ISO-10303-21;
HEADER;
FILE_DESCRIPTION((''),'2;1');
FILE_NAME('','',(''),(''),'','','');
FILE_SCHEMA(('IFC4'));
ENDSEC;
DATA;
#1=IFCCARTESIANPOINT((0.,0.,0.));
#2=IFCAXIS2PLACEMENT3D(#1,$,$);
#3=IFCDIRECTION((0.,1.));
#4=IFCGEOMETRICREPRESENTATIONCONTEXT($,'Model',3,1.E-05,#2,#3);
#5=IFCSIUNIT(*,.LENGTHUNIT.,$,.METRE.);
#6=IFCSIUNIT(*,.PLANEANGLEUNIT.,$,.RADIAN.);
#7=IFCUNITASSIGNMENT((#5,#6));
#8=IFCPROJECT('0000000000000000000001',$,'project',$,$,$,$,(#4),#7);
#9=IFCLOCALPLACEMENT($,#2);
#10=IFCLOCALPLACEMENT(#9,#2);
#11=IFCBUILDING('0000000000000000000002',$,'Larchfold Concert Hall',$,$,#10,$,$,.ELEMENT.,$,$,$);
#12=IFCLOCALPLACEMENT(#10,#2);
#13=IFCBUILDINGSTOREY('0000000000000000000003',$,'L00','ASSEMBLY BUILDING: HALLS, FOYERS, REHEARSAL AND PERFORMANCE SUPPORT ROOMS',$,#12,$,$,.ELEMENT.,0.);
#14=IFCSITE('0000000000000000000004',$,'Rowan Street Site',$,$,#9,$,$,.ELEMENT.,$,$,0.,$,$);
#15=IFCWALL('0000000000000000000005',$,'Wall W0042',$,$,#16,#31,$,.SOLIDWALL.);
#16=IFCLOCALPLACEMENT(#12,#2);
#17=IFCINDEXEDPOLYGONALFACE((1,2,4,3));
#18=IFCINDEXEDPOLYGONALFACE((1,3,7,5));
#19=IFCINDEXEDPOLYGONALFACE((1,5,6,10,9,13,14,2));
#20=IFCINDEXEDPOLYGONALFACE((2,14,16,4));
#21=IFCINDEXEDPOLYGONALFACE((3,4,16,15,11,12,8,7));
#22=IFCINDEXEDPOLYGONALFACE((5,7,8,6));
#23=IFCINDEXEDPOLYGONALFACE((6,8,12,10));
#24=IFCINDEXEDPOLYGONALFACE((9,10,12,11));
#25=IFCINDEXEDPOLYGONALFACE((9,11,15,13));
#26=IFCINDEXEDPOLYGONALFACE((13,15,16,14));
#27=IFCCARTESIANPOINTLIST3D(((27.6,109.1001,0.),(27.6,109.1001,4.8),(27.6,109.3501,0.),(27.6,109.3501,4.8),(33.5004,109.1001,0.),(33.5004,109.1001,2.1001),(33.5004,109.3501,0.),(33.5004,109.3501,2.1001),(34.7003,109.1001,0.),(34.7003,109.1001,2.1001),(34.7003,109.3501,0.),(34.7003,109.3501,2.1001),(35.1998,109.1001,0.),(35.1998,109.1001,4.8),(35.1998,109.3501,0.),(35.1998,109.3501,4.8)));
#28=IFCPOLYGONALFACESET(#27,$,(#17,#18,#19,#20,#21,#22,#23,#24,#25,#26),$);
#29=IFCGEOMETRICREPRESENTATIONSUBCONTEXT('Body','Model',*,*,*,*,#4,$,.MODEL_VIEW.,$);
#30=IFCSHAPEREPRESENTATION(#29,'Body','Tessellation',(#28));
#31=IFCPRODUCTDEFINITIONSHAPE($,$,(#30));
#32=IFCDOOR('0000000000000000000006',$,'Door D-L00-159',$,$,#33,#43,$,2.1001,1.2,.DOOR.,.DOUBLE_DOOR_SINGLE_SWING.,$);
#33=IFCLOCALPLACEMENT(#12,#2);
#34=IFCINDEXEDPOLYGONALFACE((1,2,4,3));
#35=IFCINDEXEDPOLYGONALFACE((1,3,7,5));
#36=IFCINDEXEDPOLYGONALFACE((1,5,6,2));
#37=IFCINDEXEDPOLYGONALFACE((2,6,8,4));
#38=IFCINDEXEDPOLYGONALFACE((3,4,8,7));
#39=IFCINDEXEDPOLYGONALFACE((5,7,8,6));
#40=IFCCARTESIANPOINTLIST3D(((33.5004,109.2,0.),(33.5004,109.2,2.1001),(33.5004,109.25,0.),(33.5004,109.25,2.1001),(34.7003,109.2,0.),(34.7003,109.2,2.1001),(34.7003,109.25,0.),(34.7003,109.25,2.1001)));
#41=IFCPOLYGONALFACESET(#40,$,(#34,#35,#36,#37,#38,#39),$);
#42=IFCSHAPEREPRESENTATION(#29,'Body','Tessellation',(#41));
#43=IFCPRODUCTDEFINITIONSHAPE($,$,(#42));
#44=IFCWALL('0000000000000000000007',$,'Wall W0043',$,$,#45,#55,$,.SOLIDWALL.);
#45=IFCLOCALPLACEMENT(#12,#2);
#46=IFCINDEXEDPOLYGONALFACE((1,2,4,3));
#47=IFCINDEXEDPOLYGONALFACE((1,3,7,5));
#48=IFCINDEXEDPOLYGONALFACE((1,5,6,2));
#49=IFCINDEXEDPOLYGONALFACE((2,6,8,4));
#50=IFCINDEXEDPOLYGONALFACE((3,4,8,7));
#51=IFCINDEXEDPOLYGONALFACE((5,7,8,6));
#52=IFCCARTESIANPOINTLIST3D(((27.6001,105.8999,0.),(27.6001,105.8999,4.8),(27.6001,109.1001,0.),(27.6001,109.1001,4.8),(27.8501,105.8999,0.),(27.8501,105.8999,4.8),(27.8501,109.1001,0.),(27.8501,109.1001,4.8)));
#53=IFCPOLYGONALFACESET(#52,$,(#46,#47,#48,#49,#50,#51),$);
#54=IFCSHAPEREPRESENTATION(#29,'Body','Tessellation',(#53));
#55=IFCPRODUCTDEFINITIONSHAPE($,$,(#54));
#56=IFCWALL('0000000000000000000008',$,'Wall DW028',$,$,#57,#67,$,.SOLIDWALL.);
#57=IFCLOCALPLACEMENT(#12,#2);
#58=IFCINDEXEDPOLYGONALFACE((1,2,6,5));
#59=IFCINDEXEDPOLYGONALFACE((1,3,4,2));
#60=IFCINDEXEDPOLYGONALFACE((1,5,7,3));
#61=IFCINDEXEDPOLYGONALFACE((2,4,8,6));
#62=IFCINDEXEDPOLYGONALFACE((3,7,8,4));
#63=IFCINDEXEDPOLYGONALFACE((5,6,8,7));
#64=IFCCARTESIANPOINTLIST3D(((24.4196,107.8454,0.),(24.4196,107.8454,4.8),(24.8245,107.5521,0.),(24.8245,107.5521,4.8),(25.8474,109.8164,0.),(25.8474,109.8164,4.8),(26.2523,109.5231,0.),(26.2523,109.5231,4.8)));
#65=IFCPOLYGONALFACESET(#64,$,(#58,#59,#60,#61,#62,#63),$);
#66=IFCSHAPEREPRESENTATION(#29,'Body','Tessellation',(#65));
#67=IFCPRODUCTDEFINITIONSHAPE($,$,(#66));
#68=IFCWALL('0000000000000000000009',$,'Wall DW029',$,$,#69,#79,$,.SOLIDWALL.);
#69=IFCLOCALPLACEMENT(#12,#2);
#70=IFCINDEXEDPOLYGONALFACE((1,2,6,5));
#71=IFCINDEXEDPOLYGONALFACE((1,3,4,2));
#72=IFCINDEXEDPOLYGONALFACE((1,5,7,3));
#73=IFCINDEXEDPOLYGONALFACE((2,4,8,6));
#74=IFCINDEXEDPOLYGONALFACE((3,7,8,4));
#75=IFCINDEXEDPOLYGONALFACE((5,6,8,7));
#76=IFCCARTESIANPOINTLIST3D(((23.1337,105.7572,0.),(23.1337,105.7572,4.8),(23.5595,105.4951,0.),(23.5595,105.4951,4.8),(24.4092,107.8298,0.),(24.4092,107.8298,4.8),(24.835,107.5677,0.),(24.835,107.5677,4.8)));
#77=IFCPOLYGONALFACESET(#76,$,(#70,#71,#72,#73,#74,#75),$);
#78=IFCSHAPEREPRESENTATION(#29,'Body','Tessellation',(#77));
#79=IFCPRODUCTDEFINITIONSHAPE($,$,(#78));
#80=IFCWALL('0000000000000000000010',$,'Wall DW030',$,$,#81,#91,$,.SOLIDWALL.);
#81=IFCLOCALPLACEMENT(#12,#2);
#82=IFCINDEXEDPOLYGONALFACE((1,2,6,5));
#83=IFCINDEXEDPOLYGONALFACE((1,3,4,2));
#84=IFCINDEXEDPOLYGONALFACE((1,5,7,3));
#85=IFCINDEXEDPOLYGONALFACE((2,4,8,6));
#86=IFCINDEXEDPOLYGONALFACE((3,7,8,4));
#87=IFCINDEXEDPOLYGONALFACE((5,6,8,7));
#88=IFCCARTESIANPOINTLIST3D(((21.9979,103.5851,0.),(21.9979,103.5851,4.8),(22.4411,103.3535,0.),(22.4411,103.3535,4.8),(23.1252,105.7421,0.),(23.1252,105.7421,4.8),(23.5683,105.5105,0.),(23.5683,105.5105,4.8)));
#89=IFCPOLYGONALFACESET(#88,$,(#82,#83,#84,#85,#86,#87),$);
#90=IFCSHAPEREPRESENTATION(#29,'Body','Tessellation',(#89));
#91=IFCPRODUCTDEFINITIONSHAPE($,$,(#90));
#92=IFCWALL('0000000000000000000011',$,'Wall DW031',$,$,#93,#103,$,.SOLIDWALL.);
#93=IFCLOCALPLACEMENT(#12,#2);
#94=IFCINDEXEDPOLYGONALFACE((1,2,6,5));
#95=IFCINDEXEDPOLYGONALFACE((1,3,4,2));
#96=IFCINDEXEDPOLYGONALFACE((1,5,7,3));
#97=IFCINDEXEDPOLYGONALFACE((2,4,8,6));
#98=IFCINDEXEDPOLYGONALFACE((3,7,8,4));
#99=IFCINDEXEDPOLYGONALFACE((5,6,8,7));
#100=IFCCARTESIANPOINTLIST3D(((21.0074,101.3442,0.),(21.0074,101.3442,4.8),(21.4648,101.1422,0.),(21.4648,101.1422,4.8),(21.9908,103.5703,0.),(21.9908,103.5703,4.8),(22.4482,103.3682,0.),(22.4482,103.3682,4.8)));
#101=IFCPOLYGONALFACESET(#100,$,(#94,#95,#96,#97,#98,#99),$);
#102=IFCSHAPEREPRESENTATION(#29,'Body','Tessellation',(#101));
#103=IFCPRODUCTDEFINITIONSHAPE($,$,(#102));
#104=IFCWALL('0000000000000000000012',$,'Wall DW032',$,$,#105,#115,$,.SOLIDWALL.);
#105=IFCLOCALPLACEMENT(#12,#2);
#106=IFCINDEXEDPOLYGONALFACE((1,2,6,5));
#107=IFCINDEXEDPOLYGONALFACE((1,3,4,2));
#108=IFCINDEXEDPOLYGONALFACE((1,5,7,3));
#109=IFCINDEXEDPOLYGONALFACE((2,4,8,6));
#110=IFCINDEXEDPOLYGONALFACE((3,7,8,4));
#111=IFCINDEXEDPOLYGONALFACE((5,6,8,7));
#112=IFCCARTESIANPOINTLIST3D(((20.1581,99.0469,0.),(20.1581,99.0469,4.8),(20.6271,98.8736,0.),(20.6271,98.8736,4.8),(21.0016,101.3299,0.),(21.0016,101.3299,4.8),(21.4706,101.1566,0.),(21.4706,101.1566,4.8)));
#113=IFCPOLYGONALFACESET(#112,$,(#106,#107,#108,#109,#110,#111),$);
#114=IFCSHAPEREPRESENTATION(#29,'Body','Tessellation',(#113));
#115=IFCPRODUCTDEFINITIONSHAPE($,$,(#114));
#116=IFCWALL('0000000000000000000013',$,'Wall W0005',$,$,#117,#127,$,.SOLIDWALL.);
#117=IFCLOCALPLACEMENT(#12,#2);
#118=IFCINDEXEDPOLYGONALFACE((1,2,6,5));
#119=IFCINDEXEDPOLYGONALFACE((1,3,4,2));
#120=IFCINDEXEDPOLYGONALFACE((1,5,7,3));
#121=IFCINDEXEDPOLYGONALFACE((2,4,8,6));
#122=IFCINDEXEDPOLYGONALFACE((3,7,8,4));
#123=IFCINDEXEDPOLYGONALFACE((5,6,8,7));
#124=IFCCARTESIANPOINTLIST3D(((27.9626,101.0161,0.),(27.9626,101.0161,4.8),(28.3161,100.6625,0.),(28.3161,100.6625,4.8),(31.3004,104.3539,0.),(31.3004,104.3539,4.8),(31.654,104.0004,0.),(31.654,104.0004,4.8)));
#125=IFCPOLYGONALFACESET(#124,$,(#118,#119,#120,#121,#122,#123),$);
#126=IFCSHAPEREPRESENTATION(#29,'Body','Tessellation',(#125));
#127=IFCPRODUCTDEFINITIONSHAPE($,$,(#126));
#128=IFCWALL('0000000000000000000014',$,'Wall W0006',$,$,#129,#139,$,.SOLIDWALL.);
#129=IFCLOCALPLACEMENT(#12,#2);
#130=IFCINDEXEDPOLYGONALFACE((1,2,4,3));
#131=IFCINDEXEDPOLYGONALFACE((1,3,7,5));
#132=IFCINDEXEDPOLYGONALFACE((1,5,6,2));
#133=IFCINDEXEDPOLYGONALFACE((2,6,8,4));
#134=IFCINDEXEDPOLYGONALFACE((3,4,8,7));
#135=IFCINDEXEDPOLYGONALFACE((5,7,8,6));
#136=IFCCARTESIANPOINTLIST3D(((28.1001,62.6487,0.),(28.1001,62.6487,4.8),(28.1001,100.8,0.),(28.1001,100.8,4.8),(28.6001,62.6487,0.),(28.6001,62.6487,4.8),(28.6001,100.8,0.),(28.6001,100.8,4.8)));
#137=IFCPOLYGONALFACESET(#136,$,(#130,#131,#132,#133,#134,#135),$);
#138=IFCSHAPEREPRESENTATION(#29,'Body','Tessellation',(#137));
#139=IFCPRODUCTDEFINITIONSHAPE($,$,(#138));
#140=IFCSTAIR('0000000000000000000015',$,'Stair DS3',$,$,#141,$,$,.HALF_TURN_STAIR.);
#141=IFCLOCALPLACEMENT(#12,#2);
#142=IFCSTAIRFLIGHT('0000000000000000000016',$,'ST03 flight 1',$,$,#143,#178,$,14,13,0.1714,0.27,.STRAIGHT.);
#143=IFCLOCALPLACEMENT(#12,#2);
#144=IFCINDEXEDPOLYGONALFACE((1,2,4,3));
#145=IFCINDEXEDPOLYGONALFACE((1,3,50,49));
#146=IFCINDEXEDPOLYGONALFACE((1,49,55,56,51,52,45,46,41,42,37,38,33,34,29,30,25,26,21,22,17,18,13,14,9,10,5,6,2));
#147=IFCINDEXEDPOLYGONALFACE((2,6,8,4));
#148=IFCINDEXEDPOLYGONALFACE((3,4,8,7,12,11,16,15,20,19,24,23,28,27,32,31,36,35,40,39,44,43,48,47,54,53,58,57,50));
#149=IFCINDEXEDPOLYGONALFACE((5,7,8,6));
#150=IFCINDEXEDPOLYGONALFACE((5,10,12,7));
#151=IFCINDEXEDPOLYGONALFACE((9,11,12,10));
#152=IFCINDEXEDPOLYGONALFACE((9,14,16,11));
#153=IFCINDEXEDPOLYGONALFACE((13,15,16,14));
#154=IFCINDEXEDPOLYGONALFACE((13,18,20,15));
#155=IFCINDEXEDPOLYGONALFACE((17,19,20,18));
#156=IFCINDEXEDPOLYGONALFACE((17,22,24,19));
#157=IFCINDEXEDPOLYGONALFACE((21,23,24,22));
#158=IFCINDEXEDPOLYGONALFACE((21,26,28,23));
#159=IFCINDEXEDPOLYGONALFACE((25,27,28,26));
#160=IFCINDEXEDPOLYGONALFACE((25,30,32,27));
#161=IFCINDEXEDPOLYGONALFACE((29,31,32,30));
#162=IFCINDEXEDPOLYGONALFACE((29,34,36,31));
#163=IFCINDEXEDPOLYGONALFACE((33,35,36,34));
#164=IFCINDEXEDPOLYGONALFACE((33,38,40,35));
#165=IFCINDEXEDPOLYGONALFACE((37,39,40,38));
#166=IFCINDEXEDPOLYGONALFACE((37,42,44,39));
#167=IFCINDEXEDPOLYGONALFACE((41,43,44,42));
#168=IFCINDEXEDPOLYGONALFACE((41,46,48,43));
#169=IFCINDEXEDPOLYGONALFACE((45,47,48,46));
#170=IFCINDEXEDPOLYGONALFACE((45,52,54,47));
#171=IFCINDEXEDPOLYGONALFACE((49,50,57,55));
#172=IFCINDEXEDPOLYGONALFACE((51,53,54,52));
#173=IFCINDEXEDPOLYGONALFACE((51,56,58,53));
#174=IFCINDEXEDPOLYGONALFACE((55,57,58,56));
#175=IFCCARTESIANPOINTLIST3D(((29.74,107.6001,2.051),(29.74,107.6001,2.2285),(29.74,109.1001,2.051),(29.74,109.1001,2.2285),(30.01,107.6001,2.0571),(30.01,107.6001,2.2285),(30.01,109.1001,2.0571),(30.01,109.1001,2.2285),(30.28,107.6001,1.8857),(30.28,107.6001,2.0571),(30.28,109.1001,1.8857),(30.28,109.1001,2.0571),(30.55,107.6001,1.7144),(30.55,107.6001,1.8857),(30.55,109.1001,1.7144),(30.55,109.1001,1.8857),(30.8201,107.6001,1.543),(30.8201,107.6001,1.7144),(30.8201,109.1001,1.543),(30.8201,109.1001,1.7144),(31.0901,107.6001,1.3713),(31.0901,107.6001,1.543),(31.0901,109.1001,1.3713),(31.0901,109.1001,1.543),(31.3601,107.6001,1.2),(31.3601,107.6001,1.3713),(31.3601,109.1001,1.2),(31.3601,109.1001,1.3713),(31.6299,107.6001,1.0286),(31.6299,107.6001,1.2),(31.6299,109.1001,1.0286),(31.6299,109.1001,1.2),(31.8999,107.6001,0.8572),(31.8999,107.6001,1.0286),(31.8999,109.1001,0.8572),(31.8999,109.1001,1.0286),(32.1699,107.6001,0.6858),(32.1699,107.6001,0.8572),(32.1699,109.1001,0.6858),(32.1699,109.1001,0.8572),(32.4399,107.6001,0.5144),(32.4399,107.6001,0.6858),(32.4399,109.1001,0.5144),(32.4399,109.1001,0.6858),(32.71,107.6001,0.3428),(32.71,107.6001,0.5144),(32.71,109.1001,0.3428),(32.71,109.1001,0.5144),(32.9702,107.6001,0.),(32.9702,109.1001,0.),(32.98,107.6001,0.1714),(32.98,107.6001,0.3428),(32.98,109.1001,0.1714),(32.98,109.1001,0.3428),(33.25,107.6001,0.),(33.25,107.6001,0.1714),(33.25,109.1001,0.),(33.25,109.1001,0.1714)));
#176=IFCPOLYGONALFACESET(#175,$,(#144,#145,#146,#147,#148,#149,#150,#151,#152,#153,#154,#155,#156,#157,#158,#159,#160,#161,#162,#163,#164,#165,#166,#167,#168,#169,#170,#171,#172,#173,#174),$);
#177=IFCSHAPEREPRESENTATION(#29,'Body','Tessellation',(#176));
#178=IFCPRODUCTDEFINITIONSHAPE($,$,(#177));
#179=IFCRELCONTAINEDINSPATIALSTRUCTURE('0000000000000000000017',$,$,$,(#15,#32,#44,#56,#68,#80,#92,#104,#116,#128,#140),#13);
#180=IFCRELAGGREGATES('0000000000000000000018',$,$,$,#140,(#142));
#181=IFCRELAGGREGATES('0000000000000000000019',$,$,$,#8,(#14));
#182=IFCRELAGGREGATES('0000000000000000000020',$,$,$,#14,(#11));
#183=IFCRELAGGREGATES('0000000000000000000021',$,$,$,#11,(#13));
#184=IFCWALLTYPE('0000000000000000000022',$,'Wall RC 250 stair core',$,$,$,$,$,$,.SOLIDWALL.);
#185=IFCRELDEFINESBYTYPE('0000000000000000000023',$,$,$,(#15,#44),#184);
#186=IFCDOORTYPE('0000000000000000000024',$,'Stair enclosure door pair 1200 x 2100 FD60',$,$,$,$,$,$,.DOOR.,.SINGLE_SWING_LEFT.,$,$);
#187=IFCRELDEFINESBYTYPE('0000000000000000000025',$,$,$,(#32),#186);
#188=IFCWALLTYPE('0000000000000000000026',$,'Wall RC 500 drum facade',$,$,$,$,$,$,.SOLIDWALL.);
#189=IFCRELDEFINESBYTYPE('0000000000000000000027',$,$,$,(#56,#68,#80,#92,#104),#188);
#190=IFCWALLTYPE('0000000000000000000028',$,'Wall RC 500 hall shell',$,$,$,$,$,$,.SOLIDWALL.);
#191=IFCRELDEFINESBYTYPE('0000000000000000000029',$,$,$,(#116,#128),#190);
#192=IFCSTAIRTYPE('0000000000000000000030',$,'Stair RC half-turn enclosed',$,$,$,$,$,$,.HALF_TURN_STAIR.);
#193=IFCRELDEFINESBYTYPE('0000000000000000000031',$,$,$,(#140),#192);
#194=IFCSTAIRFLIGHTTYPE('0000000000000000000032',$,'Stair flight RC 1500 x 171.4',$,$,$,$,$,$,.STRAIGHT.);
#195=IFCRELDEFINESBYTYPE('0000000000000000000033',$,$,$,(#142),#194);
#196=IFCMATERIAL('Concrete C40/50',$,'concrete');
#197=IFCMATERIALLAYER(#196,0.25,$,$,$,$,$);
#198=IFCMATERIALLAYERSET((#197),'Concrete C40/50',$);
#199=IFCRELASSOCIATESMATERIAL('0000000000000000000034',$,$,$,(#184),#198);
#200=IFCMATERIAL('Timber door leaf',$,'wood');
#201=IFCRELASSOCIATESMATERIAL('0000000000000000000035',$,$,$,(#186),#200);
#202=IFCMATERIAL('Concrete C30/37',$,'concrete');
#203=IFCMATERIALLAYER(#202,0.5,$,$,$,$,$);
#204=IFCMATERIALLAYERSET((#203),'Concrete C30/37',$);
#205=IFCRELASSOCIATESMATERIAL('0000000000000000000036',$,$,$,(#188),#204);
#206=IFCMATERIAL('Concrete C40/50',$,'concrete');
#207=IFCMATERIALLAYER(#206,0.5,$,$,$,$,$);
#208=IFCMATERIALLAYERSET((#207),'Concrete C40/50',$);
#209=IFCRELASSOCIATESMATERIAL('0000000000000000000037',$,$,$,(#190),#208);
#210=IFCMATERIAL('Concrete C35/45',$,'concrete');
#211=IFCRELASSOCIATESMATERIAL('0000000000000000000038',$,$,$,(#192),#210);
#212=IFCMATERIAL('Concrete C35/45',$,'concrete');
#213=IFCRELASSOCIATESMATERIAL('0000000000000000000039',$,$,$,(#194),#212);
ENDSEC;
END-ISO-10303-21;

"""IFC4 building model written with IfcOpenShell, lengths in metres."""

from ifc_helpers import new_model, si_unit, direction, frame, frame_2d, origin, place, context, subcontext, project, spatial, polyline, rectangle, outline, extrude, material, layer, layer_set, type_object, element, fill, aggregate, save


model = new_model("IFC4")

# Units and contexts
model_context = context("Model", 3, precision=1e-05, world=origin(), true_north=direction((0.0, 1.0)))
body_context = subcontext(model_context, "Body", "Model", "MODEL_VIEW")
ifc_project = project(units=[si_unit("LENGTHUNIT", "METRE"), si_unit("PLANEANGLEUNIT", "RADIAN")], contexts=[model_context])

# Site, building, storey
site_placement = place(None, origin())
site = spatial("IfcSite", under=ifc_project, at=site_placement, Name="Rowan Street Site", CompositionType="ELEMENT", RefElevation=0.0)
building_placement = place(site_placement, origin())
building = spatial("IfcBuilding", under=site, at=building_placement, Name="Larchfold Concert Hall", CompositionType="ELEMENT")
storey_placement = place(building_placement, origin())
storey = spatial("IfcBuildingStorey", under=building, at=storey_placement, Name="L00", Description="ASSEMBLY BUILDING: HALLS, FOYERS, REHEARSAL AND PERFORMANCE SUPPORT ROOMS", CompositionType="ELEMENT", Elevation=0.0)

# Shared definitions
ifc_material_1 = material(Name="Concrete C40/50", Category="concrete")
ifc_layer_1 = layer(ifc_material_1, 0.25)
ifc_layer_set_1 = layer_set([ifc_layer_1], Name="Concrete C40/50")
wall_type_1 = type_object("IfcWallType", Name="Wall RC 250 stair core", PredefinedType="SOLIDWALL", material=ifc_layer_set_1)

# Wall, opening, door
wall_1_placement = place(storey_placement, frame((27.6001, 109.2251, 0.0), z_axis=(0.0, 0.0, 1.0), x_axis=(1.0, 0.0, 0.0)))
wall_1 = element("IfcWall", 1, at=wall_1_placement, inside=storey, type_object=wall_type_1, Name="Wall W0042", PredefinedType="SOLIDWALL", context=body_context, shape_type="SweptSolid", body=[
    extrude(rectangle(XDim=7.5999, YDim=0.25, at=frame_2d((3.7998, 0.0))), origin(), (0.0, 0.0, 1.0), 4.8),
])
opening_placement = place(wall_1_placement, frame((5.9001, 0.0, 0.0)))
opening = element("IfcOpeningElement", 2, at=opening_placement, cuts=wall_1, PredefinedType="OPENING", context=body_context, shape_type="SweptSolid", body=[
    extrude(rectangle(XDim=1.2, YDim=2.1001, at=frame_2d((0.6001, 1.05))), frame((0.0, 0.135, 0.0), z_axis=(0.0, -1.0, 0.0), x_axis=(1.0, 0.0, 0.0)), (0.0, 0.0, 1.0), 0.27),
])
ifc_material_2 = material(Name="Timber door leaf", Category="wood")
door_type = type_object("IfcDoorType", Name="Stair enclosure door pair 1200 x 2100 FD60", OperationType="SINGLE_SWING_LEFT", PredefinedType="DOOR", material=ifc_material_2)
door_placement = place(opening_placement, origin())
door = element("IfcDoor", 3, at=door_placement, inside=storey, type_object=door_type, Name="Door D-L00-159", OperationType="DOUBLE_DOOR_SINGLE_SWING", OverallHeight=2.1001, OverallWidth=1.2, PredefinedType="DOOR", context=body_context, shape_type="SweptSolid", body=[
    extrude(rectangle(XDim=1.2, YDim=2.1001, at=frame_2d((0.6001, 1.05))), frame((0.0, 0.0249, 0.0), z_axis=(0.0, -1.0, 0.0), x_axis=(1.0, 0.0, 0.0)), (0.0, 0.0, 1.0), 0.05),
])
fill(opening, door)

# Walls
wall_2_placement = place(storey_placement, frame((27.7251, 105.8999, 0.0), z_axis=(0.0, 0.0, 1.0), x_axis=(0.0, 1.0, 0.0)))
element("IfcWall", 4, at=wall_2_placement, inside=storey, type_object=wall_type_1, Name="Wall W0043", PredefinedType="SOLIDWALL", context=body_context, shape_type="SweptSolid", body=[
    extrude(rectangle(XDim=3.2002, YDim=0.25, at=frame_2d((1.6001, 0.0))), origin(), (0.0, 0.0, 1.0), 4.8),
])
ifc_material_3 = material(Name="Concrete C30/37", Category="concrete")
ifc_layer_2 = layer(ifc_material_3, 0.5)
ifc_layer_set_2 = layer_set([ifc_layer_2], Name="Concrete C30/37")
wall_type_2 = type_object("IfcWallType", Name="Wall RC 500 drum facade", PredefinedType="SOLIDWALL", material=ifc_layer_set_2)
wall_3_placement = place(storey_placement, frame((26.0498, 109.6697, 0.0), z_axis=(0.0, 0.0, 1.0), x_axis=(-0.586644, -0.809845, 0.0)))
element("IfcWall", 5, at=wall_3_placement, inside=storey, type_object=wall_type_2, Name="Wall DW028", PredefinedType="SOLIDWALL", context=body_context, shape_type="SweptSolid", body=[
    extrude(rectangle(XDim=2.4338, YDim=0.5, at=frame_2d((1.2168, 0.0))), origin(), (0.0, 0.0, 1.0), 4.8),
])
wall_4_placement = place(storey_placement, frame((24.6221, 107.6987, 0.0), z_axis=(0.0, 0.0, 1.0), x_axis=(-0.524097, -0.851658, 0.0)))
element("IfcWall", 6, at=wall_4_placement, inside=storey, type_object=wall_type_2, Name="Wall DW029", PredefinedType="SOLIDWALL", context=body_context, shape_type="SweptSolid", body=[
    extrude(rectangle(XDim=2.4336, YDim=0.5, at=frame_2d((1.2168, 0.0))), origin(), (0.0, 0.0, 1.0), 4.8),
])
wall_5_placement = place(storey_placement, frame((23.3467, 105.6262, 0.0), z_axis=(0.0, 0.0, 1.0), x_axis=(-0.463152, -0.886279, 0.0)))
element("IfcWall", 7, at=wall_5_placement, inside=storey, type_object=wall_type_2, Name="Wall DW030", PredefinedType="SOLIDWALL", context=body_context, shape_type="SweptSolid", body=[
    extrude(rectangle(XDim=2.4338, YDim=0.5, at=frame_2d((1.2168, 0.0))), origin(), (0.0, 0.0, 1.0), 4.8),
])
wall_6_placement = place(storey_placement, frame((22.2195, 103.4692, 0.0), z_axis=(0.0, 0.0, 1.0), x_axis=(-0.40409, -0.914719, 0.0)))
element("IfcWall", 8, at=wall_6_placement, inside=storey, type_object=wall_type_2, Name="Wall DW031", PredefinedType="SOLIDWALL", context=body_context, shape_type="SweptSolid", body=[
    extrude(rectangle(XDim=2.4336, YDim=0.5, at=frame_2d((1.2168, 0.0))), origin(), (0.0, 0.0, 1.0), 4.8),
])
wall_7_placement = place(storey_placement, frame((21.2361, 101.2432, 0.0), z_axis=(0.0, 0.0, 1.0), x_axis=(-0.346579, -0.938021, 0.0)))
element("IfcWall", 9, at=wall_7_placement, inside=storey, type_object=wall_type_2, Name="Wall DW032", PredefinedType="SOLIDWALL", context=body_context, shape_type="SweptSolid", body=[
    extrude(rectangle(XDim=2.4338, YDim=0.5, at=frame_2d((1.2168, 0.0))), origin(), (0.0, 0.0, 1.0), 4.8),
])
ifc_material_4 = material(Name="Concrete C40/50", Category="concrete")
ifc_layer_3 = layer(ifc_material_4, 0.5)
ifc_layer_set_3 = layer_set([ifc_layer_3], Name="Concrete C40/50")
wall_type_3 = type_object("IfcWallType", Name="Wall RC 500 hall shell", PredefinedType="SOLIDWALL", material=ifc_layer_set_3)
wall_8_placement = place(storey_placement, frame((31.4773, 104.1772, 0.0), z_axis=(0.0, 0.0, 1.0), x_axis=(-0.707107, -0.707107, 0.0)))
element("IfcWall", 10, at=wall_8_placement, inside=storey, type_object=wall_type_3, Name="Wall W0005", PredefinedType="SOLIDWALL", context=body_context, shape_type="SweptSolid", body=[
    extrude(rectangle(XDim=4.7205, YDim=0.5, at=frame_2d((2.3604, 0.0))), origin(), (0.0, 0.0, 1.0), 4.8),
])
wall_9_placement = place(storey_placement, frame((28.3501, 100.8, 0.0), z_axis=(0.0, 0.0, 1.0), x_axis=(0.0, -1.0, 0.0)))
element("IfcWall", 11, at=wall_9_placement, inside=storey, type_object=wall_type_3, Name="Wall W0006", PredefinedType="SOLIDWALL", context=body_context, shape_type="SweptSolid", body=[
    extrude(rectangle(XDim=38.1514, YDim=0.5, at=frame_2d((19.0757, 0.0))), origin(), (0.0, 0.0, 1.0), 4.8),
])

# Stair, stair flight
ifc_material_5 = material(Name="Concrete C35/45", Category="concrete")
stair_type = type_object("IfcStairType", Name="Stair RC half-turn enclosed", PredefinedType="HALF_TURN_STAIR", material=ifc_material_5)
stair_placement = place(storey_placement, origin())
stair = element("IfcStair", 12, at=stair_placement, inside=storey, type_object=stair_type, Name="Stair DS3", PredefinedType="HALF_TURN_STAIR")
ifc_material_6 = material(Name="Concrete C35/45", Category="concrete")
stair_flight_type = type_object("IfcStairFlightType", Name="Stair flight RC 1500 x 171.4", PredefinedType="STRAIGHT", material=ifc_material_6)
stair_flight_1_placement = place(storey_placement, frame((33.25, 108.3501, 0.0), z_axis=(0.0, 0.0, 1.0), x_axis=(-1.0, 0.0, 0.0)))
stair_flight_1 = element("IfcStairFlight", 13, at=stair_flight_1_placement, type_object=stair_flight_type, Name="ST03 flight 1", NumberOfRisers=14, NumberOfTreads=13, PredefinedType="STRAIGHT", RiserHeight=0.1714, TreadLength=0.27, context=body_context, shape_type="SweptSolid", body=[
    extrude(outline(polyline([(0.0, 0.0), (0.0, 0.1714), (0.27, 0.1714), (0.27, 0.3428), (0.54, 0.3428), (0.54, 0.5144), (0.8101, 0.5144), (0.8101, 0.6858), (1.0801, 0.6858), (1.0801, 0.8572), (1.3501, 0.8572), (1.3501, 1.0286), (1.6201, 1.0286), (1.6201, 1.2), (1.8899, 1.2), (1.8899, 1.3713), (2.1599, 1.3713), (2.1599, 1.543), (2.4299, 1.543), (2.4299, 1.7144), (2.7, 1.7144), (2.7, 1.8857), (2.97, 1.8857), (2.97, 2.0571), (3.24, 2.0571), (3.24, 2.2285), (3.51, 2.2285), (3.51, 2.3999), (3.51, 2.051), (0.2798, 0.0), (0.0, 0.0)])), frame((0.0, 0.75, 0.0), z_axis=(0.0, -1.0, 0.0), x_axis=(1.0, 0.0, 0.0)), (0.0, 0.0, 1.0), 1.5),
])
aggregate(stair, [stair_flight_1])

save(model, "model.ifc")
